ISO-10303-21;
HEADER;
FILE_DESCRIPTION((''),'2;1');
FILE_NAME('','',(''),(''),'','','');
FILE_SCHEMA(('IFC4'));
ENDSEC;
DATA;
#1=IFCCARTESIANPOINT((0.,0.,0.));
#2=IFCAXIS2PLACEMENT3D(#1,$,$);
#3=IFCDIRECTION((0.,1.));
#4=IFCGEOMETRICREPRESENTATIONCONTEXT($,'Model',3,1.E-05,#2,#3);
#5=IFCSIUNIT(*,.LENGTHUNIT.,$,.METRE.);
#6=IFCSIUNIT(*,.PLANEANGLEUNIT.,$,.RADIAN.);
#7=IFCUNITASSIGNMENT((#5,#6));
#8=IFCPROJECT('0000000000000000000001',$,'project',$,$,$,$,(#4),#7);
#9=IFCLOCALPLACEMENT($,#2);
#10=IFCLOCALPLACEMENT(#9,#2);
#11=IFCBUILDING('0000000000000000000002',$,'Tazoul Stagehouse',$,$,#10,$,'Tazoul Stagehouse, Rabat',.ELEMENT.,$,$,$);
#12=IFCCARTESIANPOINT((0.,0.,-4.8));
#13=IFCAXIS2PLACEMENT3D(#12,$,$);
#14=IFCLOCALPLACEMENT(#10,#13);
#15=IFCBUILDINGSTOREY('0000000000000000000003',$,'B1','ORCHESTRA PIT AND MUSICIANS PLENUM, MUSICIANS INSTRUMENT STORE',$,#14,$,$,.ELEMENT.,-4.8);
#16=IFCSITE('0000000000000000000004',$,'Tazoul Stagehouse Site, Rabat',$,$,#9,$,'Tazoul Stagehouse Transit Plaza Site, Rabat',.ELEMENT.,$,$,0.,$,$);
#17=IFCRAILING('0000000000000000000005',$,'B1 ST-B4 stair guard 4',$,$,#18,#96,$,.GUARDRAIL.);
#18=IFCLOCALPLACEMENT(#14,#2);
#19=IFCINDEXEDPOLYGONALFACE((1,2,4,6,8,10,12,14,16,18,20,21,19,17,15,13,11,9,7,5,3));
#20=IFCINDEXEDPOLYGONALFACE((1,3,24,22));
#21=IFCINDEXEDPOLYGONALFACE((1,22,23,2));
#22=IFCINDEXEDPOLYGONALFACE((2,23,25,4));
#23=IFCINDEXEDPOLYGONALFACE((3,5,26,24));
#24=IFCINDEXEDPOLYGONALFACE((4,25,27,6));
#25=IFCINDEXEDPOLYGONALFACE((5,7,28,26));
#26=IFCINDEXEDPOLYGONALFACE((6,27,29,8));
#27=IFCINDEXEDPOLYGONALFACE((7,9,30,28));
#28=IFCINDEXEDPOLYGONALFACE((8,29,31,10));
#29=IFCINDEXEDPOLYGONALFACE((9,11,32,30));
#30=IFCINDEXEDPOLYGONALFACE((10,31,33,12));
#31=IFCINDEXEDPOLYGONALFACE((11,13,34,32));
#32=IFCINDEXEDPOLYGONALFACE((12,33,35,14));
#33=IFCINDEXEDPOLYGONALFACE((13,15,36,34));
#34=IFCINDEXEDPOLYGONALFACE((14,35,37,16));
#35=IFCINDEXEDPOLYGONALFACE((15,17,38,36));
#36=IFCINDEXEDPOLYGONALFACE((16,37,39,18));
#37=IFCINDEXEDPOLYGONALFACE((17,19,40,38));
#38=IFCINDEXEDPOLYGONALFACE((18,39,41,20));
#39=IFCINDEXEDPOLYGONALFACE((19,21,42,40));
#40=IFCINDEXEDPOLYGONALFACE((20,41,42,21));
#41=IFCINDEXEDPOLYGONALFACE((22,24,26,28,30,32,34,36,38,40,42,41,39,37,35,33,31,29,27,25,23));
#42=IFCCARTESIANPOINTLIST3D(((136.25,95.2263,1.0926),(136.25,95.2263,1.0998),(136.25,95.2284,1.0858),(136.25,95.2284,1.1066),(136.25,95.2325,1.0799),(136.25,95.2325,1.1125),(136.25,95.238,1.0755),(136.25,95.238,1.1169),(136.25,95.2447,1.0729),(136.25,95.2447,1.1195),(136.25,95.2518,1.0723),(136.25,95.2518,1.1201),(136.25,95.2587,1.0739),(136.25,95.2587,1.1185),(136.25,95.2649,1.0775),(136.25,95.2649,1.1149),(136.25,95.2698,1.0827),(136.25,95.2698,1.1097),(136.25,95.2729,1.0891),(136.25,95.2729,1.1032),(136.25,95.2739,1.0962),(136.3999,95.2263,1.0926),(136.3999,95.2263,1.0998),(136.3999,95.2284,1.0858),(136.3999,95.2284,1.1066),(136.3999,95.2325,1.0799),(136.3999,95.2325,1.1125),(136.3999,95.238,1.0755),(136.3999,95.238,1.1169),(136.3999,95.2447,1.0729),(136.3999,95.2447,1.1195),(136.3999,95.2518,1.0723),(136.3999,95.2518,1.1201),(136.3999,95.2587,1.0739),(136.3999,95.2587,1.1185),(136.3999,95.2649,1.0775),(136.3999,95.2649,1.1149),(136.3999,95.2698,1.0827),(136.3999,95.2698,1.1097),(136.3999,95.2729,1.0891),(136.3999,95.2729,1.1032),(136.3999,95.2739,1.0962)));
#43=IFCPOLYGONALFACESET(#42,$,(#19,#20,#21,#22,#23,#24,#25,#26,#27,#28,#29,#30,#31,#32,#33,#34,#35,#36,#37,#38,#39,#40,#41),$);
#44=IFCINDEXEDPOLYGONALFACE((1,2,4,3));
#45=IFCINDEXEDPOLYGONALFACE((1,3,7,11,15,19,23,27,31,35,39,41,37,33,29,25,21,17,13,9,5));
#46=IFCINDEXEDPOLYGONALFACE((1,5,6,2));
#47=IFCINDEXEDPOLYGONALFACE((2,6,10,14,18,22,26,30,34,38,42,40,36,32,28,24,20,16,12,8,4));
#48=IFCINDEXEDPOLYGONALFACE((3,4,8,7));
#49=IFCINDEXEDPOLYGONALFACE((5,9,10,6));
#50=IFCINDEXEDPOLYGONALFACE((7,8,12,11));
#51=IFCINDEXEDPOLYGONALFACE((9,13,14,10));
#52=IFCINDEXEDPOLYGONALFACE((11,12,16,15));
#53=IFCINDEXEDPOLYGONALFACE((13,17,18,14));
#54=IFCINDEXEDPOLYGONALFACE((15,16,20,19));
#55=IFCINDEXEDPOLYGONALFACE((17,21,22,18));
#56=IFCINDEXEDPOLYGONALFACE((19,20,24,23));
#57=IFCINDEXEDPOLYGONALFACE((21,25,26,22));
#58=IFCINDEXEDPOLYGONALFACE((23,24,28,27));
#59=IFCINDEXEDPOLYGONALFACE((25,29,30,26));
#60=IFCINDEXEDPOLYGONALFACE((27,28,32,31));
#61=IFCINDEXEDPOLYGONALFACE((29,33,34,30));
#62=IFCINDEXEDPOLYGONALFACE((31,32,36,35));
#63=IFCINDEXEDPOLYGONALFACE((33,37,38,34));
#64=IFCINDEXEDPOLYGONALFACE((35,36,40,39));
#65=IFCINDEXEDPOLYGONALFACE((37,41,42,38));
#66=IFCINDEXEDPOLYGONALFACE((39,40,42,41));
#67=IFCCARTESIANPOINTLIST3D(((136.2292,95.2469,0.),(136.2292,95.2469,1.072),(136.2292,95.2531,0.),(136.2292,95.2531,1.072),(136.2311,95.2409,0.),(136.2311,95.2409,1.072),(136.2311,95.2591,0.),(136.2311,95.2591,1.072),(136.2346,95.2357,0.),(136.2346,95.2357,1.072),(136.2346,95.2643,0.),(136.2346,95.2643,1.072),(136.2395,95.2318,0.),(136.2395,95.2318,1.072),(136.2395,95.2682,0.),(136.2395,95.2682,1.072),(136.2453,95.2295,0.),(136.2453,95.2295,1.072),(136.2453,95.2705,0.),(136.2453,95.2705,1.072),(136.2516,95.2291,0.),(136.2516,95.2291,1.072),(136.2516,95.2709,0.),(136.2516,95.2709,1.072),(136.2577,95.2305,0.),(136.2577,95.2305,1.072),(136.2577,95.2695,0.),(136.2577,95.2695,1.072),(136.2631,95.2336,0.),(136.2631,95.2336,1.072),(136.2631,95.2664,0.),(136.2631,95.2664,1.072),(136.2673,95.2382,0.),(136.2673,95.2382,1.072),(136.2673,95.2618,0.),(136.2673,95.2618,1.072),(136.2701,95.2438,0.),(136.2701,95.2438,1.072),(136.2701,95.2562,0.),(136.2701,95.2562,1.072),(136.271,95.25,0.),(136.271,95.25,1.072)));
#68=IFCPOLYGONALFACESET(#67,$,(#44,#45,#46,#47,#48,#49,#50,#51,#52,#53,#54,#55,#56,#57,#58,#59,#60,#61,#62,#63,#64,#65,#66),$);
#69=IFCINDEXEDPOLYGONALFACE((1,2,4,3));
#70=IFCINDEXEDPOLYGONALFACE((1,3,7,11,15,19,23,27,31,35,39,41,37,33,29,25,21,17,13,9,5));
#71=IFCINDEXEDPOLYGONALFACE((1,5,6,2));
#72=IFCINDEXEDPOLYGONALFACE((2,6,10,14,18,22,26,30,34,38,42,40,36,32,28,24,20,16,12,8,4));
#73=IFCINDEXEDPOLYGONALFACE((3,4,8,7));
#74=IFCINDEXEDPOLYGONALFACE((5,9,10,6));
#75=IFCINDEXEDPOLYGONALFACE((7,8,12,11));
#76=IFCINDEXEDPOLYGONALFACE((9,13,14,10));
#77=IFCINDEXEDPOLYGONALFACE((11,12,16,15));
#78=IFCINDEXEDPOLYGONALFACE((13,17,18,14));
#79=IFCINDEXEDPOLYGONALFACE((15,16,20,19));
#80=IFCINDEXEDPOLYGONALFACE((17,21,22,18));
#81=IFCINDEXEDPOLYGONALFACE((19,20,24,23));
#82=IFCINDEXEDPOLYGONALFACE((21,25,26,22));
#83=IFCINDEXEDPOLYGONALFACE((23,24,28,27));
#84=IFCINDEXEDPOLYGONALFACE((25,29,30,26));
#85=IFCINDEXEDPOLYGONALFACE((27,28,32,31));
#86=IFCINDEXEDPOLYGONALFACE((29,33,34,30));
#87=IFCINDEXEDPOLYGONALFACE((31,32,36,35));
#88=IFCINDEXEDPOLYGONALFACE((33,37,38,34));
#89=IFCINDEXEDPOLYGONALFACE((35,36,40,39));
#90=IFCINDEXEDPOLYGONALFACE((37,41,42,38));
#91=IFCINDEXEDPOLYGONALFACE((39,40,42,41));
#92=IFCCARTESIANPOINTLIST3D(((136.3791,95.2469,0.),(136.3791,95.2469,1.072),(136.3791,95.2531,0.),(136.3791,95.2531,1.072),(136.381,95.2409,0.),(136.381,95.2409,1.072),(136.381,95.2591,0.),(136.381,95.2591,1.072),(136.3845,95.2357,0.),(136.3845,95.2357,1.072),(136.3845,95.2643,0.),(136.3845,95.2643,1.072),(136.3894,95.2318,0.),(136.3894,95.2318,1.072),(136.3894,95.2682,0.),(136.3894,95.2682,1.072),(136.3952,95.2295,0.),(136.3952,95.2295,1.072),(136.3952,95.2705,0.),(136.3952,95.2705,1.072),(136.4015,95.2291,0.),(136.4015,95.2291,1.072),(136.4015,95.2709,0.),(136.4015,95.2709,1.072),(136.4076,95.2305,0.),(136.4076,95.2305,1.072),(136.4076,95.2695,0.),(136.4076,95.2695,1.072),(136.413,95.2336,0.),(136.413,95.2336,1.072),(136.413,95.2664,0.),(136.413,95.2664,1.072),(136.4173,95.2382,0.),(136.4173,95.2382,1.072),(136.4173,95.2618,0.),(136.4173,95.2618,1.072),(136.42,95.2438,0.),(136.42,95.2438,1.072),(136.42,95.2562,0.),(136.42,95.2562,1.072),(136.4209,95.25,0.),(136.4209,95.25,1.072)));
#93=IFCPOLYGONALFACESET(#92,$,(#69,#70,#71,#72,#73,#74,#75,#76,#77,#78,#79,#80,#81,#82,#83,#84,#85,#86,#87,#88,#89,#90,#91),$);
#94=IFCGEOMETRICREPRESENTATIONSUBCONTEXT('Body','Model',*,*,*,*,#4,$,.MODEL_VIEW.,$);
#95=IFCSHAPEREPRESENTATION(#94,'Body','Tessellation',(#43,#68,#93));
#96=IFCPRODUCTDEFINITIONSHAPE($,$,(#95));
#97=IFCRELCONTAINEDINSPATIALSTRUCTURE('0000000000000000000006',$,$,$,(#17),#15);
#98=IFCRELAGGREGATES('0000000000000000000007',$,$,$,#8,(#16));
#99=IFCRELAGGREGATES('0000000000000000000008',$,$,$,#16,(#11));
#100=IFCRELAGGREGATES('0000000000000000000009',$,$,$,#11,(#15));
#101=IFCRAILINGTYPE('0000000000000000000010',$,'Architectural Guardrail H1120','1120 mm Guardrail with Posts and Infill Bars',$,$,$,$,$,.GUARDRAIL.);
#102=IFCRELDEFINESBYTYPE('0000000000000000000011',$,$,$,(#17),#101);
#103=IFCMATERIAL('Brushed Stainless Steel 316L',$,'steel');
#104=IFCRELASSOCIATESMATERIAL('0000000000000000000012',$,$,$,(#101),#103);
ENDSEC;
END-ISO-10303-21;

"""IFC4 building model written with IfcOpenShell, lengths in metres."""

from ifc_helpers import new_model, si_unit, direction, frame, origin, origin_2d, place, context, subcontext, project, spatial, circle, extrude, material, material_profile, profile_set, type_object, element, save


model = new_model("IFC4")

# Units and contexts
model_context = context("Model", 3, precision=1e-05, world=origin(), true_north=direction((0.0, 1.0)))
body_context = subcontext(model_context, "Body", "Model", "MODEL_VIEW")
ifc_project = project(units=[si_unit("LENGTHUNIT", "METRE"), si_unit("PLANEANGLEUNIT", "RADIAN")], contexts=[model_context])

# Site, building, storey
site_placement = place(None, origin())
site = spatial("IfcSite", under=ifc_project, at=site_placement, Name="Tazoul Stagehouse Site, Rabat", LongName="Tazoul Stagehouse Transit Plaza Site, Rabat", CompositionType="ELEMENT", RefElevation=0.0)
building_placement = place(site_placement, origin())
building = spatial("IfcBuilding", under=site, at=building_placement, Name="Tazoul Stagehouse", LongName="Tazoul Stagehouse, Rabat", CompositionType="ELEMENT")
storey_placement = place(building_placement, frame((0.0, 0.0, -4.8)))
storey = spatial("IfcBuildingStorey", under=building, at=storey_placement, Name="B1", Description="ORCHESTRA PIT AND MUSICIANS PLENUM, MUSICIANS INSTRUMENT STORE", CompositionType="ELEMENT", Elevation=-4.8)

# Railing
ifc_material_1 = material(Name="Brushed Stainless Steel 316L", Category="steel")
ifc_material_profile_1 = material_profile(ifc_material_1, circle(Radius=0.0239, at=origin_2d()), Name="SS RAIL D48")
ifc_profile_set_1 = profile_set([ifc_material_profile_1], Name="Brushed Stainless Steel 316L")
railing_type_1 = type_object("IfcRailingType", Name="Architectural Guardrail H1120", Description="1120 mm Guardrail with Posts and Infill Bars", PredefinedType="GUARDRAIL", material=ifc_profile_set_1)
railing_1_placement = place(storey_placement, frame((136.25, 95.25, 0.0)))
element("IfcRailing", 1, at=railing_1_placement, inside=storey, type_object=railing_type_1, Name="B1 ST-B4 stair guard 4", PredefinedType="GUARDRAIL", context=body_context, shape_type="SweptSolid", body=[
    extrude(circle(Radius=0.0239, at=origin_2d()), frame((0.0, 0.0, 1.0962), z_axis=(1.0, 0.0, 0.0), x_axis=(0.0, 1.0, 0.0)), (0.0, 0.0, 1.0), 0.1499),
    extrude(circle(Radius=0.021, at=origin_2d()), origin(), (0.0, 0.0, 1.0), 1.072),
    extrude(circle(Radius=0.021, at=origin_2d()), frame((0.1499, 0.0, 0.0)), (0.0, 0.0, 1.0), 1.072),
])

save(model, "model.ifc")
